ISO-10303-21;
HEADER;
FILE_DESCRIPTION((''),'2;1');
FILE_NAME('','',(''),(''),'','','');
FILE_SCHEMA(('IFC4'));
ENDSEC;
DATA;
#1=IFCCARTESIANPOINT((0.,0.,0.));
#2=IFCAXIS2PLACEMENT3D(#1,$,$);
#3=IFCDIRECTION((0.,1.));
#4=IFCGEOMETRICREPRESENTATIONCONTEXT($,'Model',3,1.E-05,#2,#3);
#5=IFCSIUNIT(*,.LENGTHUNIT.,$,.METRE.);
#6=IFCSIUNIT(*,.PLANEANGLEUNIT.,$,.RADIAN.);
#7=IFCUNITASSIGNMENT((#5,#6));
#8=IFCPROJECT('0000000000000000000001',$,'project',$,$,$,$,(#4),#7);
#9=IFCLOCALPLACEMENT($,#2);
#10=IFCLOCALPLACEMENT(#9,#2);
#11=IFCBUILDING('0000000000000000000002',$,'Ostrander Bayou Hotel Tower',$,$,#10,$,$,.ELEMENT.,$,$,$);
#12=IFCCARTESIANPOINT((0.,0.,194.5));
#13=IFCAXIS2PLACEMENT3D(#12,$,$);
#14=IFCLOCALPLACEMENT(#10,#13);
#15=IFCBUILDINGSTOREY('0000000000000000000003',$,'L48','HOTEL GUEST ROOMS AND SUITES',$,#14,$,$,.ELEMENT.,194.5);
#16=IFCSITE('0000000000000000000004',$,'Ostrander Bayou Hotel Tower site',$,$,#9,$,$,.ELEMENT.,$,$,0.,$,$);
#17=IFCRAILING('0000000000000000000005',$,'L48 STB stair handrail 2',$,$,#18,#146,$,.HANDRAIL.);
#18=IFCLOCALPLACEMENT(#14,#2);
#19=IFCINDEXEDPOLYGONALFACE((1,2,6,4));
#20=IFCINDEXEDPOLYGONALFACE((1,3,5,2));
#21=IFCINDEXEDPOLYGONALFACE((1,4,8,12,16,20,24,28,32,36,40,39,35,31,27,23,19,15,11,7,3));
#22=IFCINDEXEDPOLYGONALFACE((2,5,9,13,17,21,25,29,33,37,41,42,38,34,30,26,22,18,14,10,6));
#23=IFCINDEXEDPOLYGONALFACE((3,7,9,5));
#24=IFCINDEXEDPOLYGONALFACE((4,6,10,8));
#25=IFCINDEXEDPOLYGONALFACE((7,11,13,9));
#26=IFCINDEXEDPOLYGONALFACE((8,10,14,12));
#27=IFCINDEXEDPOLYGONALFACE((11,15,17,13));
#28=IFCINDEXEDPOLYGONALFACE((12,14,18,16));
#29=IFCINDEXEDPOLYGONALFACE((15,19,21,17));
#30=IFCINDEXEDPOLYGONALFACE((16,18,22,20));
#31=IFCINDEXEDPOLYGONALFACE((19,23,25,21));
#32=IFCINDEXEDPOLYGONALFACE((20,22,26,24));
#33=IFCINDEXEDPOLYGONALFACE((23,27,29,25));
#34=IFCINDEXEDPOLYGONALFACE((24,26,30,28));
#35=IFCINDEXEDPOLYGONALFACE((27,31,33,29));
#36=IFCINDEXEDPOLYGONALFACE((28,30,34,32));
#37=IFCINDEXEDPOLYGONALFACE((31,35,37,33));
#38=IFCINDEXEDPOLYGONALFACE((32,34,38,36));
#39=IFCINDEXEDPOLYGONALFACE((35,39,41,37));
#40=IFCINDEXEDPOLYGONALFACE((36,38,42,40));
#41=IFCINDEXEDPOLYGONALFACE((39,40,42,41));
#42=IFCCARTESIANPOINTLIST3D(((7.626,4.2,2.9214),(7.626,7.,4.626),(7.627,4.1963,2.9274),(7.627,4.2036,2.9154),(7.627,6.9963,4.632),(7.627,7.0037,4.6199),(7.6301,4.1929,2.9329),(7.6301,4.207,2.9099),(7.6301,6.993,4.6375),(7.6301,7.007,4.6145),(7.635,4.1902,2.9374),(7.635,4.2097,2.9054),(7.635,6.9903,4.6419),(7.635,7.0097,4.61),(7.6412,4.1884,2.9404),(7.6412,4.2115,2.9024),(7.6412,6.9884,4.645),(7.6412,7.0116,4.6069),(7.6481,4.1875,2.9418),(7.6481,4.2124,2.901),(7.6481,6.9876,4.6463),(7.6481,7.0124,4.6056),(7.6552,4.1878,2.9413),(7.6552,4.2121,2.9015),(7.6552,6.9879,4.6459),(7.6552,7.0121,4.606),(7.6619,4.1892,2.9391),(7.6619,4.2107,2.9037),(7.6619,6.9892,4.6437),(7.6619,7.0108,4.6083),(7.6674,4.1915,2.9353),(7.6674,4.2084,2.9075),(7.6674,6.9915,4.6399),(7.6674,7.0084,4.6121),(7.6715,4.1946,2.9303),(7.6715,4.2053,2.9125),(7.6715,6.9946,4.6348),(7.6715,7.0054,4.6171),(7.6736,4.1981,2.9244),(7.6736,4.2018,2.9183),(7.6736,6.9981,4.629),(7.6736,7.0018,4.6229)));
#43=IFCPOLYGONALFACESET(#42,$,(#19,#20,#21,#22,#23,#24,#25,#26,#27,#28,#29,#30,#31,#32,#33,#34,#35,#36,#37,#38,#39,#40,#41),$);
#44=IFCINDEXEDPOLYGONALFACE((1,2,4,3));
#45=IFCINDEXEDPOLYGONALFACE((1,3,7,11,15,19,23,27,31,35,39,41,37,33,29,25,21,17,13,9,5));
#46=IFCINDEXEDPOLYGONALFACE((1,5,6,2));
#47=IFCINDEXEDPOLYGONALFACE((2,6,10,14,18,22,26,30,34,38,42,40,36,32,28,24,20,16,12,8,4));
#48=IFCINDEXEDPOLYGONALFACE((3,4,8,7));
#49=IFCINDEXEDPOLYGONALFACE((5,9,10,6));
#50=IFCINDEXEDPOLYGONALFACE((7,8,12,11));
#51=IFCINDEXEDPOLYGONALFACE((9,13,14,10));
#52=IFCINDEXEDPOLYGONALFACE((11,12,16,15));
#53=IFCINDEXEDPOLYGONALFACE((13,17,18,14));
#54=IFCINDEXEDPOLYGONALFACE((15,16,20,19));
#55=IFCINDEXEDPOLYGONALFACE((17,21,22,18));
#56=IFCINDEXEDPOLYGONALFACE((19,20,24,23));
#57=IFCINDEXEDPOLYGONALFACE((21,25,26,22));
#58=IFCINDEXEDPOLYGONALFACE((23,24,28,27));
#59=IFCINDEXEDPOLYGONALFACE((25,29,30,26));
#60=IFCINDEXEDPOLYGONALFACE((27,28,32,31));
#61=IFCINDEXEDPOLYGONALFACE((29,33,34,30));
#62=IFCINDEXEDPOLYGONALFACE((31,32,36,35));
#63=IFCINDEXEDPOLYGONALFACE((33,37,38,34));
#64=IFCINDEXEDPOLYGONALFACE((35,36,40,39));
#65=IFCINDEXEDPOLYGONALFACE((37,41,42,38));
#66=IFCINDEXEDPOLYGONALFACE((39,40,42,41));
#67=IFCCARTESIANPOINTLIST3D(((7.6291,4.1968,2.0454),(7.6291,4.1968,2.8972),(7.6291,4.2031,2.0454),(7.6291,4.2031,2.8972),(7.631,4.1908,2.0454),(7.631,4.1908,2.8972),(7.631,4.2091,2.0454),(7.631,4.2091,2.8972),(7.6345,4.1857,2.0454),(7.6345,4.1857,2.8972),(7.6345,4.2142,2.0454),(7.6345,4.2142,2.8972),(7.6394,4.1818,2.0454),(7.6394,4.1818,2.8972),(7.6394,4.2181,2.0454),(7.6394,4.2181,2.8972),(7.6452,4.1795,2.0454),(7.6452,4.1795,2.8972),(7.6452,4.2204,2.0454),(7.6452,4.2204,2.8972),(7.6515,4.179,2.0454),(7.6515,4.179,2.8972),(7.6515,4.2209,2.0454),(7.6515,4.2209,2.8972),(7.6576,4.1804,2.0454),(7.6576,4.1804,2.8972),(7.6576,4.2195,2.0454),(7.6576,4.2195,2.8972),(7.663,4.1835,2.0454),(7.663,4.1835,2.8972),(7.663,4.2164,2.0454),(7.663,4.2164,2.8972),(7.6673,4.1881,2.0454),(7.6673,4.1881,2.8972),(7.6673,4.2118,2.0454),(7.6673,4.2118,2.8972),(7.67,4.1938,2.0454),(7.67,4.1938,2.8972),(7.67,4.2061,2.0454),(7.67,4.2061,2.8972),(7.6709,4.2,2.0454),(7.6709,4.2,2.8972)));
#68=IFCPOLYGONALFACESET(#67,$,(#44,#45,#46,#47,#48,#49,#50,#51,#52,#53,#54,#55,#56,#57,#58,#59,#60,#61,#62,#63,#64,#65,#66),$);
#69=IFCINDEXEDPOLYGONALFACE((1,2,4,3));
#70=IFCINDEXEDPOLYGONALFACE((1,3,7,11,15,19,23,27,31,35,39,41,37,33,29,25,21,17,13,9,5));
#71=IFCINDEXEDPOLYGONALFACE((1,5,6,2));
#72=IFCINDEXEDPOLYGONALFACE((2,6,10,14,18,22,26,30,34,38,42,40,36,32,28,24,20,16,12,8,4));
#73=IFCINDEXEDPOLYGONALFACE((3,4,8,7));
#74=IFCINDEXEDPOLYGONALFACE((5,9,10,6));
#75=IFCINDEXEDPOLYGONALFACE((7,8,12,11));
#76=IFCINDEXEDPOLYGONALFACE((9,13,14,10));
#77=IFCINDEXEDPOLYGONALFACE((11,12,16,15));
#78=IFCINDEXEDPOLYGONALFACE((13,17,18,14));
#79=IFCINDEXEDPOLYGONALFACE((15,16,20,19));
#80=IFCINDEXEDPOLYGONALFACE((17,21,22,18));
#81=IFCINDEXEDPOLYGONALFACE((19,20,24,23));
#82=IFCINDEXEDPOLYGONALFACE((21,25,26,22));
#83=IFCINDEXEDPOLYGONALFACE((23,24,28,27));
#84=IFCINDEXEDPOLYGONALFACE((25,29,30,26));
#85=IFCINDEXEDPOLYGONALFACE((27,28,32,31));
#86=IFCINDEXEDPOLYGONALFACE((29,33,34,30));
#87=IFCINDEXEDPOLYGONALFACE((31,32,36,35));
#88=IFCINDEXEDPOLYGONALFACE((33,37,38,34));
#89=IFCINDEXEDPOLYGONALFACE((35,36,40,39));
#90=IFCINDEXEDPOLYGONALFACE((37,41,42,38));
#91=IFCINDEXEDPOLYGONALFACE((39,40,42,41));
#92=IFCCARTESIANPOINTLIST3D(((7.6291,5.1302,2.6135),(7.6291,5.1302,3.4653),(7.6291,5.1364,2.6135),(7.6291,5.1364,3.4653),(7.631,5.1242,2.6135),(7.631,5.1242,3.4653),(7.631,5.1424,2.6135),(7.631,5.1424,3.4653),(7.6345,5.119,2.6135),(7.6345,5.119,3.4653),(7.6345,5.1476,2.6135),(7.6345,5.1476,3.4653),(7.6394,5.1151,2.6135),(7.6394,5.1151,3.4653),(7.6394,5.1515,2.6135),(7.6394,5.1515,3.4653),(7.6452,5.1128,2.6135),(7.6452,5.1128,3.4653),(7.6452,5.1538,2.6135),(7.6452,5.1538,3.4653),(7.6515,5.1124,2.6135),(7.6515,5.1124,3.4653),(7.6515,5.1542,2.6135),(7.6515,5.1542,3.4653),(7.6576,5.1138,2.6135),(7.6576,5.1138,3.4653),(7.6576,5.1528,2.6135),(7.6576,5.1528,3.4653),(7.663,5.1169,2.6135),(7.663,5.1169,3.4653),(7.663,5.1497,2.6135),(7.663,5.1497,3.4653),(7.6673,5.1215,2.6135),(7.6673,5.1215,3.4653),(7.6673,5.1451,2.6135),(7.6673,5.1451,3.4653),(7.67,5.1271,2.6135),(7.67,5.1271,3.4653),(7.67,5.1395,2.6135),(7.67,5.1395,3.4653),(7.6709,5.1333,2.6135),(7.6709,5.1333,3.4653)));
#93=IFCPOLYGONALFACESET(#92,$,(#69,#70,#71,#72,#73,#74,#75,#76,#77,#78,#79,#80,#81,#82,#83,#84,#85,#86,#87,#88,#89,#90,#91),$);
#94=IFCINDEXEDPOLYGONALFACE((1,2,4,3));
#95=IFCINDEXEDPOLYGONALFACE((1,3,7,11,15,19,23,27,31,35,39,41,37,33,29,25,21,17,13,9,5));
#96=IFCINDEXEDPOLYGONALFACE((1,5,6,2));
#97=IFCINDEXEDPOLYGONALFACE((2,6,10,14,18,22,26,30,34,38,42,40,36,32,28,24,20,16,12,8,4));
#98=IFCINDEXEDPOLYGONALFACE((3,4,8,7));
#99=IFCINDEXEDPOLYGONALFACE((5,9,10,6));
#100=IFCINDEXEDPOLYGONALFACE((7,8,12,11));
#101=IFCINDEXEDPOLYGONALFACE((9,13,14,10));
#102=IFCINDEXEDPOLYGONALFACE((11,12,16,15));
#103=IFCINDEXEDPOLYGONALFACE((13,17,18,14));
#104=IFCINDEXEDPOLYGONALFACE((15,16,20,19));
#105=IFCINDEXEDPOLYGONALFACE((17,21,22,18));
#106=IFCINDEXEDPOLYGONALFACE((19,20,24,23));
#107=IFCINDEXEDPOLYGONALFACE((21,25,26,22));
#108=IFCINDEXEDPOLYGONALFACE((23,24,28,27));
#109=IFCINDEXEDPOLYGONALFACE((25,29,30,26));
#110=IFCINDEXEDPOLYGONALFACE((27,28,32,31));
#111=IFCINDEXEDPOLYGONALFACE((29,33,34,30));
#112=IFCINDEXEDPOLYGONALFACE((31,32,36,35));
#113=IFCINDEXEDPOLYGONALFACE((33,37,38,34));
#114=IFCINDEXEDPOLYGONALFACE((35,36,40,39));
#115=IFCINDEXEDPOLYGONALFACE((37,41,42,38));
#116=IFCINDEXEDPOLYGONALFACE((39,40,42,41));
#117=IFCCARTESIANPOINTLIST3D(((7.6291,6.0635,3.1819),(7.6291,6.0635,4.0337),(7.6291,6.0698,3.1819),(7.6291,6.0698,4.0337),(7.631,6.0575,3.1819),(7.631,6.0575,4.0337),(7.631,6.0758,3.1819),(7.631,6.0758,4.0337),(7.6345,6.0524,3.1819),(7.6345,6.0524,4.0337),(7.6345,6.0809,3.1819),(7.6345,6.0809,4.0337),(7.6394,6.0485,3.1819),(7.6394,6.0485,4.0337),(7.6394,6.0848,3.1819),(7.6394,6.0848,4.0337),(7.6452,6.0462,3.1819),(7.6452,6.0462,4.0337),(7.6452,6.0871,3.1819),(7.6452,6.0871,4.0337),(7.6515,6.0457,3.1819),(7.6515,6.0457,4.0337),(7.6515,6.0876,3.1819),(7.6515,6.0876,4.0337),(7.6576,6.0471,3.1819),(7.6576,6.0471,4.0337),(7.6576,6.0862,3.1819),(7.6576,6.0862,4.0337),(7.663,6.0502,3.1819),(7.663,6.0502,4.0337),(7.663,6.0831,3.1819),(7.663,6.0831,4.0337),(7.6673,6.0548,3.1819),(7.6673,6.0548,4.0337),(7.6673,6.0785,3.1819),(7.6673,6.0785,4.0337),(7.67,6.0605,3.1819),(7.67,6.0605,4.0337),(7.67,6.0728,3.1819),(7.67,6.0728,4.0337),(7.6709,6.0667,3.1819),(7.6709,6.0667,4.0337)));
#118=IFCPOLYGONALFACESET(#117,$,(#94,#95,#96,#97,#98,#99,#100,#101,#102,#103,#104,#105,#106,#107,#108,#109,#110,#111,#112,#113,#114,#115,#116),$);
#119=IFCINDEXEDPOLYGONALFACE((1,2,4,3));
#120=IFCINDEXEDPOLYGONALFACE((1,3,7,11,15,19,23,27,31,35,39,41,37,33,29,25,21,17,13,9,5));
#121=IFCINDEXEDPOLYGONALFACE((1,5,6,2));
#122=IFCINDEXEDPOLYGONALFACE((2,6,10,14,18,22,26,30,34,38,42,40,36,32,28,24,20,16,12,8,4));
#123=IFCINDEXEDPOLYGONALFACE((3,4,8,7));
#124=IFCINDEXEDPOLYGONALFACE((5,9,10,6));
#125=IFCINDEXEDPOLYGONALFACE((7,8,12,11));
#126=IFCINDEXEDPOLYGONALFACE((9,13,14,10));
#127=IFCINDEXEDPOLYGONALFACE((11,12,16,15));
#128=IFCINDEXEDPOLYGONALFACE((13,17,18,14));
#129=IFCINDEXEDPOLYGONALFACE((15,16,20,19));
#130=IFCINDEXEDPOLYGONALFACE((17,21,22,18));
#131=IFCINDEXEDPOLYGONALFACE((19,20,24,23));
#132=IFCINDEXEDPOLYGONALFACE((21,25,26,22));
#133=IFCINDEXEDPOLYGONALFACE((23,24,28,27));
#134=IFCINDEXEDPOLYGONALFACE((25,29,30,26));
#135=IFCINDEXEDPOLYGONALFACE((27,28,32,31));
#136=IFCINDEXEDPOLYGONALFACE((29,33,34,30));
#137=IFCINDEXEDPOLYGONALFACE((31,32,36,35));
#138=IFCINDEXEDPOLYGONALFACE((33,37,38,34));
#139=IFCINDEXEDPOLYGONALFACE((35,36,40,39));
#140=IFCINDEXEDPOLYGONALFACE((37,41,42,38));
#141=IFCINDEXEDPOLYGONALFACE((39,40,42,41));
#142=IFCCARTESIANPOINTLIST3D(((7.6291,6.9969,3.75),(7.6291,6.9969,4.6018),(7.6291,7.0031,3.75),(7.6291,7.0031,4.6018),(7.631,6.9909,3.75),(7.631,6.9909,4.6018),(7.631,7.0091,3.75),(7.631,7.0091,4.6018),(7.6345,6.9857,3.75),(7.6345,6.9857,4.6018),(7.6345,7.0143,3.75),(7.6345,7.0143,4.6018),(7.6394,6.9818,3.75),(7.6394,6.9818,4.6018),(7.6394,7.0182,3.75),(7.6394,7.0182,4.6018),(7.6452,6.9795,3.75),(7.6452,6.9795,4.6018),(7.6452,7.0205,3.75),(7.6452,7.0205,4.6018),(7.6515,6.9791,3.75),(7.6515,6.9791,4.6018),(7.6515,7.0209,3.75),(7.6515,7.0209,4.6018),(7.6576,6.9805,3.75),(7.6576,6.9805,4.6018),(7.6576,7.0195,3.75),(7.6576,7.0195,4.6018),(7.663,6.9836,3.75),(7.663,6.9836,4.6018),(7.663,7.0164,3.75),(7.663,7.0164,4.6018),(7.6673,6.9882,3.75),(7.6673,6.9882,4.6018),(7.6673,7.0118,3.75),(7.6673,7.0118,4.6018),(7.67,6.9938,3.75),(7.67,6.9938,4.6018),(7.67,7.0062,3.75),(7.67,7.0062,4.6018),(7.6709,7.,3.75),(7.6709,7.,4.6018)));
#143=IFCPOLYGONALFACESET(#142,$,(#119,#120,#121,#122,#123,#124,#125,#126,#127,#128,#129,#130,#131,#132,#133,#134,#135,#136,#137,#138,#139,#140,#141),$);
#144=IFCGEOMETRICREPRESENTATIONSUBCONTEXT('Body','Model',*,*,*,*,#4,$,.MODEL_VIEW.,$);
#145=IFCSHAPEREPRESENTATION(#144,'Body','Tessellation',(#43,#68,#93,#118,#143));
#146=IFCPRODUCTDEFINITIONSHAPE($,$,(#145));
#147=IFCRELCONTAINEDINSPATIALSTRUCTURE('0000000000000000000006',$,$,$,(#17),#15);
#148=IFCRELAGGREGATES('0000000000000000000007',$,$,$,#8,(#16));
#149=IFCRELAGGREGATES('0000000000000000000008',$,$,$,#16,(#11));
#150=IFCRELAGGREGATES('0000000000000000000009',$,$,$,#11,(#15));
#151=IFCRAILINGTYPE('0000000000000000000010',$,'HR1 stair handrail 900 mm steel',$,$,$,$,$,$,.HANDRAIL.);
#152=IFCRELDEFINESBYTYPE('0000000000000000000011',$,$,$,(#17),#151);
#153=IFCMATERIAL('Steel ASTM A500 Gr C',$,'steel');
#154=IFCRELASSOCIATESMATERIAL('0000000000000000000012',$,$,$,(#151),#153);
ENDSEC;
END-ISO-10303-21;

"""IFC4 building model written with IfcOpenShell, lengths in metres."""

from ifc_helpers import new_model, si_unit, direction, frame, origin, origin_2d, place, context, subcontext, project, spatial, circle, extrude, material, type_object, element, save


model = new_model("IFC4")

# Units and contexts
model_context = context("Model", 3, precision=1e-05, world=origin(), true_north=direction((0.0, 1.0)))
body_context = subcontext(model_context, "Body", "Model", "MODEL_VIEW")
ifc_project = project(units=[si_unit("LENGTHUNIT", "METRE"), si_unit("PLANEANGLEUNIT", "RADIAN")], contexts=[model_context])

# Site, building, storey
site_placement = place(None, origin())
site = spatial("IfcSite", under=ifc_project, at=site_placement, Name="Ostrander Bayou Hotel Tower site", CompositionType="ELEMENT", RefElevation=0.0)
building_placement = place(site_placement, origin())
building = spatial("IfcBuilding", under=site, at=building_placement, Name="Ostrander Bayou Hotel Tower", CompositionType="ELEMENT")
storey_placement = place(building_placement, frame((0.0, 0.0, 194.5)))
storey = spatial("IfcBuildingStorey", under=building, at=storey_placement, Name="L48", Description="HOTEL GUEST ROOMS AND SUITES", CompositionType="ELEMENT", Elevation=194.5)

# Railing
ifc_material_1 = material(Name="Steel ASTM A500 Gr C", Category="steel")
railing_type_1 = type_object("IfcRailingType", Name="HR1 stair handrail 900 mm steel", PredefinedType="HANDRAIL", material=ifc_material_1)
railing_1_placement = place(storey_placement, frame((7.6499, 4.2, 2.0454)))
element("IfcRailing", 1, at=railing_1_placement, inside=storey, type_object=railing_type_1, Name="L48 STB stair handrail 2", PredefinedType="HANDRAIL", context=body_context, shape_type="SweptSolid", body=[
    extrude(circle(Radius=0.0239, at=origin_2d()), frame((0.0, 0.0, 0.876), z_axis=(0.0, 0.85417, 0.519994), x_axis=(-1.0, 0.0, 0.0)), (0.0, 0.0, 1.0), 3.2781),
    extrude(circle(Radius=0.021, at=origin_2d()), origin(), (0.0, 0.0, 1.0), 0.8518),
    extrude(circle(Radius=0.021, at=origin_2d()), frame((0.0, 0.9333, 0.5681)), (0.0, 0.0, 1.0), 0.8518),
    extrude(circle(Radius=0.021, at=origin_2d()), frame((0.0, 1.8667, 1.1365)), (0.0, 0.0, 1.0), 0.8518),
    extrude(circle(Radius=0.021, at=origin_2d()), frame((0.0, 2.8, 1.7046)), (0.0, 0.0, 1.0), 0.8518),
])

save(model, "model.ifc")
